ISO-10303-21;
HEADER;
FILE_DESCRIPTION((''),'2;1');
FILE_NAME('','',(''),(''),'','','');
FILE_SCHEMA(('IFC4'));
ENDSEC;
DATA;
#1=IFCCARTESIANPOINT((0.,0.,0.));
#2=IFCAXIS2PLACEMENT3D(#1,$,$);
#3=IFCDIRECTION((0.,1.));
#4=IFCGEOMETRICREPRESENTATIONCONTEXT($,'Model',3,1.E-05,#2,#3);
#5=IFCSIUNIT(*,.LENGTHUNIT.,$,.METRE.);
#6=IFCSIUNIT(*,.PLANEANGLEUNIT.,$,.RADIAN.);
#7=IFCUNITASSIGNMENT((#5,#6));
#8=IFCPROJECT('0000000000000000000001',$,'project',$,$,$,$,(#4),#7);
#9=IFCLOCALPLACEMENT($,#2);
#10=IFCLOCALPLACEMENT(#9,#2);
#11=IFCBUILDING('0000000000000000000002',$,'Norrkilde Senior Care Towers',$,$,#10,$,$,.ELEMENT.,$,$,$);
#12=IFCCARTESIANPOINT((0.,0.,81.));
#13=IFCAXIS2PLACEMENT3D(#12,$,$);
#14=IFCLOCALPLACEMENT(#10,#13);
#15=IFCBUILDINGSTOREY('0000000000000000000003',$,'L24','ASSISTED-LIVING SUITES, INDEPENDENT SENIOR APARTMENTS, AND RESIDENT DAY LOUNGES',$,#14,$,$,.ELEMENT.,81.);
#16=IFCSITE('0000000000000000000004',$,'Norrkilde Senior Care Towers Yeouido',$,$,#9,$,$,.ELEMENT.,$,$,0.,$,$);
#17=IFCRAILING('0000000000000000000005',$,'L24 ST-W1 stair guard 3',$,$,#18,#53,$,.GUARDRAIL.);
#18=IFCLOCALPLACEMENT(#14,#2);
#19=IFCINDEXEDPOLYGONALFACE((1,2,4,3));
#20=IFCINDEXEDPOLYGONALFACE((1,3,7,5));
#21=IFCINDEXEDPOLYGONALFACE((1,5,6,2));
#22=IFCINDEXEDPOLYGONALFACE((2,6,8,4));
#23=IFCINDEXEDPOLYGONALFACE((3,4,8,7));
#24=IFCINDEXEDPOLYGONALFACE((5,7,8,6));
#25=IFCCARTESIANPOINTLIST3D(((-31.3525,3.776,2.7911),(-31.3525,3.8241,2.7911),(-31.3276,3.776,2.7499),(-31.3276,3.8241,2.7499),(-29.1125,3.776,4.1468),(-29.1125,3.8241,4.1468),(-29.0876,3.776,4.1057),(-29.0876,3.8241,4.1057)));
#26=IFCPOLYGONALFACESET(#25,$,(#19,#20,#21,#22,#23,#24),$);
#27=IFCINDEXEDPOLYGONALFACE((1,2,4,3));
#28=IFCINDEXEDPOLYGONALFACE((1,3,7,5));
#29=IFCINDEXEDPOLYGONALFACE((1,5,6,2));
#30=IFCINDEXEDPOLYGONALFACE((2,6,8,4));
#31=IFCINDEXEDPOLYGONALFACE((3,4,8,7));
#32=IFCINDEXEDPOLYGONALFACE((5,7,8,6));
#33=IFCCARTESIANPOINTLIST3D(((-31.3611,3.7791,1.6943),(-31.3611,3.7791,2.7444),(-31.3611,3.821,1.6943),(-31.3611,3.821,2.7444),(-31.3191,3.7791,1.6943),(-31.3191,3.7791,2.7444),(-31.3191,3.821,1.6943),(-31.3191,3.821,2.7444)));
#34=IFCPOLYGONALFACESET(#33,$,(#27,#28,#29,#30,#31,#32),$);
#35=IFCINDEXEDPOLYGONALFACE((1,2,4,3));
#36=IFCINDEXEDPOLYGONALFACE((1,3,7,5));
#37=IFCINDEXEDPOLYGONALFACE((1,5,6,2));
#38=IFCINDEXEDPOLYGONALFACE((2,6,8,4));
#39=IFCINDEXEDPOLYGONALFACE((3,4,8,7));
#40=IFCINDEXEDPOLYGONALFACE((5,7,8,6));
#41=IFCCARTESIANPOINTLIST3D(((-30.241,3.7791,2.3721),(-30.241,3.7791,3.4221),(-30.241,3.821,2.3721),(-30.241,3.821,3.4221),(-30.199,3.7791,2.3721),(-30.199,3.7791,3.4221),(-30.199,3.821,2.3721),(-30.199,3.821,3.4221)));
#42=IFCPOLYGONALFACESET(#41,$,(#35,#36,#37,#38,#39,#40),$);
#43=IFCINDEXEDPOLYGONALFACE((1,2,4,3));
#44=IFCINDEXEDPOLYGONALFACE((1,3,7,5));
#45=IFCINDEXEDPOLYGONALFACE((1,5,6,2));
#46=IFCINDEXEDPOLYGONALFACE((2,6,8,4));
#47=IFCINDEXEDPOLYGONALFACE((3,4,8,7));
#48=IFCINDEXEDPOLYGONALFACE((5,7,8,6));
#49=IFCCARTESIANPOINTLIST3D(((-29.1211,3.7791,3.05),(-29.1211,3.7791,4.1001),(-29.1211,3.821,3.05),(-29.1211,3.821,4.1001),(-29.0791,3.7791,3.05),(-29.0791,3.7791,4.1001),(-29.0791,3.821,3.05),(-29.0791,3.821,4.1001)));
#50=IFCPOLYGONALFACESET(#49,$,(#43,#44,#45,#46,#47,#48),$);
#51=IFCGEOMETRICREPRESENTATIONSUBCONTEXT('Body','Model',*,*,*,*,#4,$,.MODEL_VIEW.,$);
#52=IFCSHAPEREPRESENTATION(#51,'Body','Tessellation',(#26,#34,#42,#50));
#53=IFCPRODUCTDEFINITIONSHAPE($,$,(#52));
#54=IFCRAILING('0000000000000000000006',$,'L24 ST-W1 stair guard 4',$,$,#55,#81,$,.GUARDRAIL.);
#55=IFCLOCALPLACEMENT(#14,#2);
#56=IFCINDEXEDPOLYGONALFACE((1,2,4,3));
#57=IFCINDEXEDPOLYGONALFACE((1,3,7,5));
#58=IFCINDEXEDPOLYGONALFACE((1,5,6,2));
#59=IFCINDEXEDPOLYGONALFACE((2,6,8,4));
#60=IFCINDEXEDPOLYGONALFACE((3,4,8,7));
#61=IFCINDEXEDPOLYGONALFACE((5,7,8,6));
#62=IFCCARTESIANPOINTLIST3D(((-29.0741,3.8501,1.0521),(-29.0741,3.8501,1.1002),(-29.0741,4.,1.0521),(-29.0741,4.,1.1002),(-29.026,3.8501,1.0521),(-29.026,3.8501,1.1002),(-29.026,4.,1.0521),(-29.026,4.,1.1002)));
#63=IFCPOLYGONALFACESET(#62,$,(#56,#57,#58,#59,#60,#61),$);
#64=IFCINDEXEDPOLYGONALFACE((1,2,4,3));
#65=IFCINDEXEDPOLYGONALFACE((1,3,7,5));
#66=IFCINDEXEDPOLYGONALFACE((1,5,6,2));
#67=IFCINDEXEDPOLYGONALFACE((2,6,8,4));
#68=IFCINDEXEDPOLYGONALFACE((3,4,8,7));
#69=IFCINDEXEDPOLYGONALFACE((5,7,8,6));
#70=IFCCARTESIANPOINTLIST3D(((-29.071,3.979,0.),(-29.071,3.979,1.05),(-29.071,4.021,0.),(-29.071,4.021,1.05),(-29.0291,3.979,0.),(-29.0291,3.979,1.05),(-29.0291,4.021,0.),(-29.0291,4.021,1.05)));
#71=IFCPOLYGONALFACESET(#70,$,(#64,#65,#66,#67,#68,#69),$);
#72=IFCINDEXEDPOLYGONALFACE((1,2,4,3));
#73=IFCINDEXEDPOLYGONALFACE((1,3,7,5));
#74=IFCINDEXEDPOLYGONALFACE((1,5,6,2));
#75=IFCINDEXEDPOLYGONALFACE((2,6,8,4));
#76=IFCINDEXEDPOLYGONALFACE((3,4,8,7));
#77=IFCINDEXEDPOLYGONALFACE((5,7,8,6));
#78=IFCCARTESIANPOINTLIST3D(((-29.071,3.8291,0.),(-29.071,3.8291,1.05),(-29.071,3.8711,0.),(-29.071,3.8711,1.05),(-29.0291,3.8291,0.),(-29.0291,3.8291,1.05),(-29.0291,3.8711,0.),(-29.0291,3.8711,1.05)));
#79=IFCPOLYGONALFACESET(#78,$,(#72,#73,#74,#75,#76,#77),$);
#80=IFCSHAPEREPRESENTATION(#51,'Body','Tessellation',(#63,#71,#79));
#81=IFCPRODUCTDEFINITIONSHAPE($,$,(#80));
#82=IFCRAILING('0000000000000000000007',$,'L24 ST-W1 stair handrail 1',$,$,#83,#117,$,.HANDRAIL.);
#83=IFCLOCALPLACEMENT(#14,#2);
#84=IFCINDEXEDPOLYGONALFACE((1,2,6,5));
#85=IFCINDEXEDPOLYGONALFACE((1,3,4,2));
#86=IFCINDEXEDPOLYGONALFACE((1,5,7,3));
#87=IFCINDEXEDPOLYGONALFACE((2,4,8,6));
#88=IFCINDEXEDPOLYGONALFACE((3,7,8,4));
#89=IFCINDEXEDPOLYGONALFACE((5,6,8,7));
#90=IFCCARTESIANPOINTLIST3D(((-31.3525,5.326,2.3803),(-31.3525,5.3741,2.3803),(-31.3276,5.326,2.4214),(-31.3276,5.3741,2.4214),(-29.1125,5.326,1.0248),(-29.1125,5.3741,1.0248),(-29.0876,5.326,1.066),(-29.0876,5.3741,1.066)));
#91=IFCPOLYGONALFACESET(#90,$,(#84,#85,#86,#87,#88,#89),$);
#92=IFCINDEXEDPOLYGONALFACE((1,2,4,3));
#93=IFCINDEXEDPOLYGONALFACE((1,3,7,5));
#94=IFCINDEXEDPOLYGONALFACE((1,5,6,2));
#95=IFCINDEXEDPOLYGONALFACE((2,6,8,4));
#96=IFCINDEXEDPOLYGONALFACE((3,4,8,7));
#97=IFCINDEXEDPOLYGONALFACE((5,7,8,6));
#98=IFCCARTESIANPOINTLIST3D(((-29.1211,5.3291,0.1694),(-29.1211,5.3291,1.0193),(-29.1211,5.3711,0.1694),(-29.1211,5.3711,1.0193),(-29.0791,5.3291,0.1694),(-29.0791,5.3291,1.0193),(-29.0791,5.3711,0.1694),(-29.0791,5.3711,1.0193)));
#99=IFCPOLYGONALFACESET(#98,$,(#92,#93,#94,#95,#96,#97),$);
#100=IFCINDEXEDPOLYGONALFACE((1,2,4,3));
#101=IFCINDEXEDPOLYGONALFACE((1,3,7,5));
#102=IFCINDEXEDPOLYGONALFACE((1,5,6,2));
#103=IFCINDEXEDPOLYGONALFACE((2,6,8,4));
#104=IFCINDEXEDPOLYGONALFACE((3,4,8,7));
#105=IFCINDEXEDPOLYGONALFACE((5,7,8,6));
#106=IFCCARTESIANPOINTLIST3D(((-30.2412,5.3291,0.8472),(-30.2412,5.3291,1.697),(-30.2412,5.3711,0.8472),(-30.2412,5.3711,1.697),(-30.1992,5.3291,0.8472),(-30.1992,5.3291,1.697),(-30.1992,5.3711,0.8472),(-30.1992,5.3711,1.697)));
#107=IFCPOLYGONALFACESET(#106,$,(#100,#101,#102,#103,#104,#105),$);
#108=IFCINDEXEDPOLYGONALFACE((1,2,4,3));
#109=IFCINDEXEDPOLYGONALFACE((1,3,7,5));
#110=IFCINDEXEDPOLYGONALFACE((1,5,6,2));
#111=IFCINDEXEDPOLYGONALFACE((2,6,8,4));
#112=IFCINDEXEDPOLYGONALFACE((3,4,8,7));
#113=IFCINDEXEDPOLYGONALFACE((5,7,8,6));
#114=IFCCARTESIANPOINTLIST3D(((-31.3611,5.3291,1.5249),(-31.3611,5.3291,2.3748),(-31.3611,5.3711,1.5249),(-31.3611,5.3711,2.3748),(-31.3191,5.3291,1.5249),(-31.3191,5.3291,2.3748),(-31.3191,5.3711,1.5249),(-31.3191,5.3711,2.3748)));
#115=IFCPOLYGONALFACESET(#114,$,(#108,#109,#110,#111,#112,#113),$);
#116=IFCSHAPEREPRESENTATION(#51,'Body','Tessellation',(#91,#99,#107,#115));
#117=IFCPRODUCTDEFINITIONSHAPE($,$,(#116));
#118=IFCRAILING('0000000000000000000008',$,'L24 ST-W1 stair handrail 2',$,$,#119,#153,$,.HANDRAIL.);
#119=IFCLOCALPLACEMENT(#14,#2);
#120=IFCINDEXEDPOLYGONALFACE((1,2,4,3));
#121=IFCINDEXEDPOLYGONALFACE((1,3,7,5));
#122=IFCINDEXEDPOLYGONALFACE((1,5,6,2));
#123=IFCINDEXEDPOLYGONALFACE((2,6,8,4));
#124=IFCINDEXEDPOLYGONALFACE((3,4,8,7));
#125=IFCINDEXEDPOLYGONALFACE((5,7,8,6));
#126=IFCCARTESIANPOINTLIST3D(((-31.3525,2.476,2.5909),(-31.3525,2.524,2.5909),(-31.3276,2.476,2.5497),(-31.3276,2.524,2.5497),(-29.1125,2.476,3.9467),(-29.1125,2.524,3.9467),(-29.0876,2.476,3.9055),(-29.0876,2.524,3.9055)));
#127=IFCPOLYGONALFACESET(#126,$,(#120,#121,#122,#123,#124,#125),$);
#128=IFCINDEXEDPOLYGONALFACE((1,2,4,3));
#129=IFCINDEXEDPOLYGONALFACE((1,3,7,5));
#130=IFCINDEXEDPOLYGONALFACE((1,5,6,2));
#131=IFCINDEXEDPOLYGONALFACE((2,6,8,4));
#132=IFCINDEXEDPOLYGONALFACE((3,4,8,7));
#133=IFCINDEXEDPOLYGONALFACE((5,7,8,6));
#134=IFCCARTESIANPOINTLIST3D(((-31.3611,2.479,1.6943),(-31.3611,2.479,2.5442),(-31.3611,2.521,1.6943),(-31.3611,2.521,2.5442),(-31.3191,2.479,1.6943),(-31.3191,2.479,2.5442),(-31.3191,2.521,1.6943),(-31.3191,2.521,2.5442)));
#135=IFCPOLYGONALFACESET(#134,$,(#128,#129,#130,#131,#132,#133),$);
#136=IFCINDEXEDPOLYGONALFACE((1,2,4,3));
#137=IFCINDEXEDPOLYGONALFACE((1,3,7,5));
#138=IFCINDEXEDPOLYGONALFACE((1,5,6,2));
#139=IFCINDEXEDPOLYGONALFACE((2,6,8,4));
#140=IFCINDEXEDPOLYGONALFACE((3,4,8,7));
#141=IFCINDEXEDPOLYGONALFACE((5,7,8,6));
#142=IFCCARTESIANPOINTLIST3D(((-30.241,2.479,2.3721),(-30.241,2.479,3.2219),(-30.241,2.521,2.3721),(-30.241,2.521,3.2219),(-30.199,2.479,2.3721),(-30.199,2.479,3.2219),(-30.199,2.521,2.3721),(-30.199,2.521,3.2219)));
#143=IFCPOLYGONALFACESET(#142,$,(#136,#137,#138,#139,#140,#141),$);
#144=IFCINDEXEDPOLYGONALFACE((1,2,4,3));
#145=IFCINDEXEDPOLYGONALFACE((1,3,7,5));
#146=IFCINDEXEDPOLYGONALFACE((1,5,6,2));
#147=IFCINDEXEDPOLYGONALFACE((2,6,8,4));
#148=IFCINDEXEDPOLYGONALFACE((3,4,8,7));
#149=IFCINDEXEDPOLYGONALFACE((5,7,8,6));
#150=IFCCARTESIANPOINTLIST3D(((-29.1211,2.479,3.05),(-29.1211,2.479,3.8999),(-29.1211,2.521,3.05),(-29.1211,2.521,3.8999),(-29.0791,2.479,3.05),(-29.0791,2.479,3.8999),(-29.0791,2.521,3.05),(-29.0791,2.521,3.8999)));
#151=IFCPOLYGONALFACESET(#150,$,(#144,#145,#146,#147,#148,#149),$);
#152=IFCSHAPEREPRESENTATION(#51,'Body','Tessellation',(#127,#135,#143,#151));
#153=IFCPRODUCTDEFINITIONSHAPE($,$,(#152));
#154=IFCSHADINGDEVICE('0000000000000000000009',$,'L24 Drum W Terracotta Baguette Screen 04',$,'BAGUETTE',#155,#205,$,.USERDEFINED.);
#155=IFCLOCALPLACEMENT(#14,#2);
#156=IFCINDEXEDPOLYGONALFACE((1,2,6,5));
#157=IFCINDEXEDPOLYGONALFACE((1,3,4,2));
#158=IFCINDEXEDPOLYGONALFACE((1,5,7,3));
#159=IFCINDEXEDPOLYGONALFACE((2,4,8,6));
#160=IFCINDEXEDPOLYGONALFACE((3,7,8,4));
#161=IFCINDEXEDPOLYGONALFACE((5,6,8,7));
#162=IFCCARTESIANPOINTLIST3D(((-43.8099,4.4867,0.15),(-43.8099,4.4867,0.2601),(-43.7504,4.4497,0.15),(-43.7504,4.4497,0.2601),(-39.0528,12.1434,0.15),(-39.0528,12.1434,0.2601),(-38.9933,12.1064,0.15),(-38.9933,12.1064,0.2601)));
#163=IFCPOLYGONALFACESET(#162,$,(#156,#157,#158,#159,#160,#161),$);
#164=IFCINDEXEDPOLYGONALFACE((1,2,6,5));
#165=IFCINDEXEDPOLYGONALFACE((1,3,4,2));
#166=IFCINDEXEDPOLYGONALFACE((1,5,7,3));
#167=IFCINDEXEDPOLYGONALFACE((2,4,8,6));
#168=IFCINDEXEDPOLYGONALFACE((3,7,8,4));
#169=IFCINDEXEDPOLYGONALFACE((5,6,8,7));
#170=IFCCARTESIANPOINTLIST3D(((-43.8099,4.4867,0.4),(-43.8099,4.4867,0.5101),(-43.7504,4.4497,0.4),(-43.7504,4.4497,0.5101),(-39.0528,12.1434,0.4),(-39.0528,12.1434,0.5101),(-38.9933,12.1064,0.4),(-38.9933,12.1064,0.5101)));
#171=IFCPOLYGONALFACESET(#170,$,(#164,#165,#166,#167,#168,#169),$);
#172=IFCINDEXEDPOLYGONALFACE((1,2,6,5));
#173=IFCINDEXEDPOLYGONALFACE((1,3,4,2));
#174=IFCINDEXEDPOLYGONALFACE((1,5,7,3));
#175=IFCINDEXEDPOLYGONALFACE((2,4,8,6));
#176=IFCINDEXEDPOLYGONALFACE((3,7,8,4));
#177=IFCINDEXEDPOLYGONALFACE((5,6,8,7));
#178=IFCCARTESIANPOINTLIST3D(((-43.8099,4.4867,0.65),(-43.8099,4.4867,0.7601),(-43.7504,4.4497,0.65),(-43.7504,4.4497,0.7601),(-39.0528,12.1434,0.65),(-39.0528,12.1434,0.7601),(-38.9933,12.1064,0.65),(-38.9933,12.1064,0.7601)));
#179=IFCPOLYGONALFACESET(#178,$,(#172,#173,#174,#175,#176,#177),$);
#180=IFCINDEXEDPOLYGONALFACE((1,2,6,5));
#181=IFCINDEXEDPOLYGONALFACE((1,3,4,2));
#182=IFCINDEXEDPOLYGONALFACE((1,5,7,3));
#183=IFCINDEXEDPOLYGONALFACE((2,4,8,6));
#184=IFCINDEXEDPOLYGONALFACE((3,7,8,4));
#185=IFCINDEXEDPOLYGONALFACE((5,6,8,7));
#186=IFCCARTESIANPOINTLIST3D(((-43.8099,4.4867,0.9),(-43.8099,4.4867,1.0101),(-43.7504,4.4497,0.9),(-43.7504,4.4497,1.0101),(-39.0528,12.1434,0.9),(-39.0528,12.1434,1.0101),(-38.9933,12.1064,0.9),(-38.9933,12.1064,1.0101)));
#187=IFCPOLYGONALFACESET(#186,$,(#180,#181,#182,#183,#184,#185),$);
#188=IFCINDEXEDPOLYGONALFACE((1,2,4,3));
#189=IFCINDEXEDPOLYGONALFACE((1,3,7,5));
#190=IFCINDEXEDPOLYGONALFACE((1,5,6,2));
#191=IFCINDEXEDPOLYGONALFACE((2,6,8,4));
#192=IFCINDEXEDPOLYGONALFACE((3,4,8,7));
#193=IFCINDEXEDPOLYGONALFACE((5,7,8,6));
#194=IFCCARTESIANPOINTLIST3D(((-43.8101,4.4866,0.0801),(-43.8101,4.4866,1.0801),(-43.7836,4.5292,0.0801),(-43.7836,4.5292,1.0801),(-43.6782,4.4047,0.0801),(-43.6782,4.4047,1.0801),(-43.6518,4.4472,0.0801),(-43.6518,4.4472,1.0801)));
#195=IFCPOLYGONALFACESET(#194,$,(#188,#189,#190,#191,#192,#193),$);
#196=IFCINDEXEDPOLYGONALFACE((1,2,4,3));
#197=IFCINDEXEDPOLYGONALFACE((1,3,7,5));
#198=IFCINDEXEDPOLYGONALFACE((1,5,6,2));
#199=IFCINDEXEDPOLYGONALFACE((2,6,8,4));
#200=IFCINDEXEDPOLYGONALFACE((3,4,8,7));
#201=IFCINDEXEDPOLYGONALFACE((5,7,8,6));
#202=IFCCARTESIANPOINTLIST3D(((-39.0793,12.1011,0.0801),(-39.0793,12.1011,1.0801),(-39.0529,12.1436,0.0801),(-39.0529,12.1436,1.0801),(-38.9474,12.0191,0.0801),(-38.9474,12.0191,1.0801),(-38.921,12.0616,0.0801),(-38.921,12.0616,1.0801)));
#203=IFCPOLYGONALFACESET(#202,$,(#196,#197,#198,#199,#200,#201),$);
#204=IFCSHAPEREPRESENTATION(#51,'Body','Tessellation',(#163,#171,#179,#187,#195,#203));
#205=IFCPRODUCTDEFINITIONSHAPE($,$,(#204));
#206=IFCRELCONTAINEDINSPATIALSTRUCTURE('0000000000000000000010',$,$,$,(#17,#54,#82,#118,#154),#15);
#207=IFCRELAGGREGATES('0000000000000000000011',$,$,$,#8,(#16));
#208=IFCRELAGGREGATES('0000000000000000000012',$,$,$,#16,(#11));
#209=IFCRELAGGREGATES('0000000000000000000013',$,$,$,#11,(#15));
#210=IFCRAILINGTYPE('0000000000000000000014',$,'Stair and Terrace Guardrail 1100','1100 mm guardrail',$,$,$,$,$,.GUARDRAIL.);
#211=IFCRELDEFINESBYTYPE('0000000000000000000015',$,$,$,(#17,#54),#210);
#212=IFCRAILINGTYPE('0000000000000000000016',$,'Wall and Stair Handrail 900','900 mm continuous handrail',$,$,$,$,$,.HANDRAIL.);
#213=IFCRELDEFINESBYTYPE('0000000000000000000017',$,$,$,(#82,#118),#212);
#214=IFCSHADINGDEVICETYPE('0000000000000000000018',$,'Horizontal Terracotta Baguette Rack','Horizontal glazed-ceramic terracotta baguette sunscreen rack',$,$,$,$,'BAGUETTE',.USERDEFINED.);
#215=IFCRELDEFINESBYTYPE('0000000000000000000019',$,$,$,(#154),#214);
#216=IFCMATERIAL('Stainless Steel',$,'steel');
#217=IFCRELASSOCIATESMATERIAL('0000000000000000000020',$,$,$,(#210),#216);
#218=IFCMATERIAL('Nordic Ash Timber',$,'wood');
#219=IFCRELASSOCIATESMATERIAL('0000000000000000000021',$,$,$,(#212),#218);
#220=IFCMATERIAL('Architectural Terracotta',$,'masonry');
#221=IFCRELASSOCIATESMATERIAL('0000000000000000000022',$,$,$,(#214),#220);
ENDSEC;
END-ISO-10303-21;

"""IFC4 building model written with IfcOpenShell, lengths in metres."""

from ifc_helpers import new_model, si_unit, direction, frame, origin, origin_2d, place, context, subcontext, project, spatial, rectangle, extrude, source, transform, mapped, material, type_object, type_shapes, element, save


model = new_model("IFC4")

# Units and contexts
model_context = context("Model", 3, precision=1e-05, world=origin(), true_north=direction((0.0, 1.0)))
body_context = subcontext(model_context, "Body", "Model", "MODEL_VIEW")
ifc_project = project(units=[si_unit("LENGTHUNIT", "METRE"), si_unit("PLANEANGLEUNIT", "RADIAN")], contexts=[model_context])

# Site, building, storey
site_placement = place(None, origin())
site = spatial("IfcSite", under=ifc_project, at=site_placement, Name="Norrkilde Senior Care Towers Yeouido", CompositionType="ELEMENT", RefElevation=0.0)
building_placement = place(site_placement, origin())
building = spatial("IfcBuilding", under=site, at=building_placement, Name="Norrkilde Senior Care Towers", CompositionType="ELEMENT")
storey_placement = place(building_placement, frame((0.0, 0.0, 81.0)))
storey = spatial("IfcBuildingStorey", under=building, at=storey_placement, Name="L24", Description="ASSISTED-LIVING SUITES, INDEPENDENT SENIOR APARTMENTS, AND RESIDENT DAY LOUNGES", CompositionType="ELEMENT", Elevation=81.0)

# Railings
ifc_material_1 = material(Name="Stainless Steel", Category="steel")
railing_type_1 = type_object("IfcRailingType", Name="Stair and Terrace Guardrail 1100", Description="1100 mm guardrail", PredefinedType="GUARDRAIL", material=ifc_material_1)
railing_1_placement = place(storey_placement, frame((-31.3401, 3.8, 1.6943)))
element("IfcRailing", 1, at=railing_1_placement, inside=storey, type_object=railing_type_1, Name="L24 ST-W1 stair guard 3", PredefinedType="GUARDRAIL", context=body_context, shape_type="SweptSolid", body=[
    extrude(rectangle(XDim=0.0481, YDim=0.0481, at=origin_2d()), frame((0.0, 0.0, 1.0762), z_axis=(0.855512, 0.0, 0.517783), x_axis=(0.0, 1.0, 0.0)), (0.0, 0.0, 1.0), 2.6184),
    extrude(rectangle(XDim=0.042, YDim=0.042, at=origin_2d()), origin(), (0.0, 0.0, 1.0), 1.05),
    extrude(rectangle(XDim=0.042, YDim=0.042, at=origin_2d()), frame((1.1201, 0.0, 0.6777)), (0.0, 0.0, 1.0), 1.05),
    extrude(rectangle(XDim=0.042, YDim=0.042, at=origin_2d()), frame((2.24, 0.0, 1.3557)), (0.0, 0.0, 1.0), 1.05),
])
railing_2_placement = place(storey_placement, frame((-29.05, 4.0, 0.0)))
element("IfcRailing", 2, at=railing_2_placement, inside=storey, type_object=railing_type_1, Name="L24 ST-W1 stair guard 4", PredefinedType="GUARDRAIL", context=body_context, shape_type="SweptSolid", body=[
    extrude(rectangle(XDim=0.0481, YDim=0.0481, at=origin_2d()), frame((0.0, 0.0, 1.0762), z_axis=(0.0, -1.0, 0.0), x_axis=(1.0, 0.0, 0.0)), (0.0, 0.0, 1.0), 0.1499),
    extrude(rectangle(XDim=0.042, YDim=0.042, at=origin_2d()), origin(), (0.0, 0.0, 1.0), 1.05),
    extrude(rectangle(XDim=0.042, YDim=0.042, at=origin_2d()), frame((0.0, -0.1499, 0.0)), (0.0, 0.0, 1.0), 1.05),
])
ifc_material_2 = material(Name="Nordic Ash Timber", Category="wood")
railing_type_2 = type_object("IfcRailingType", Name="Wall and Stair Handrail 900", Description="900 mm continuous handrail", PredefinedType="HANDRAIL", material=ifc_material_2)
railing_3_placement = place(storey_placement, frame((-29.1001, 5.3501, 0.1694)))
element("IfcRailing", 3, at=railing_3_placement, inside=storey, type_object=railing_type_2, Name="L24 ST-W1 stair handrail 1", PredefinedType="HANDRAIL", context=body_context, shape_type="SweptSolid", body=[
    extrude(rectangle(XDim=0.0481, YDim=0.0481, at=origin_2d()), frame((0.0, 0.0, 0.876), z_axis=(-0.855553, 0.0, 0.517715), x_axis=(0.0, -1.0, 0.0)), (0.0, 0.0, 1.0), 2.6182),
    extrude(rectangle(XDim=0.042, YDim=0.042, at=origin_2d()), origin(), (0.0, 0.0, 1.0), 0.8499),
    extrude(rectangle(XDim=0.042, YDim=0.042, at=origin_2d()), frame((-1.1201, 0.0, 0.6777)), (0.0, 0.0, 1.0), 0.8499),
    extrude(rectangle(XDim=0.042, YDim=0.042, at=origin_2d()), frame((-2.24, 0.0, 1.3555)), (0.0, 0.0, 1.0), 0.8499),
])
railing_4_placement = place(storey_placement, frame((-31.3401, 2.5, 1.6943)))
element("IfcRailing", 4, at=railing_4_placement, inside=storey, type_object=railing_type_2, Name="L24 ST-W1 stair handrail 2", PredefinedType="HANDRAIL", context=body_context, shape_type="SweptSolid", body=[
    extrude(rectangle(XDim=0.0481, YDim=0.0481, at=origin_2d()), frame((0.0, 0.0, 0.876), z_axis=(0.855512, 0.0, 0.517783), x_axis=(0.0, 1.0, 0.0)), (0.0, 0.0, 1.0), 2.6184),
    extrude(rectangle(XDim=0.042, YDim=0.042, at=origin_2d()), origin(), (0.0, 0.0, 1.0), 0.8499),
    extrude(rectangle(XDim=0.042, YDim=0.042, at=origin_2d()), frame((1.1201, 0.0, 0.6777)), (0.0, 0.0, 1.0), 0.8499),
    extrude(rectangle(XDim=0.042, YDim=0.042, at=origin_2d()), frame((2.24, 0.0, 1.3557)), (0.0, 0.0, 1.0), 0.8499),
])

# Shading device
ifc_material_3 = material(Name="Architectural Terracotta", Category="masonry")
shading_device_type = type_object("IfcShadingDeviceType", Name="Horizontal Terracotta Baguette Rack", Description="Horizontal glazed-ceramic terracotta baguette sunscreen rack", ElementType="BAGUETTE", PredefinedType="USERDEFINED", material=ifc_material_3)
shared_shape_1 = source(origin(), body_context, "Body", "SweptSolid", [
    extrude(rectangle(XDim=0.0701, YDim=0.1101, at=origin_2d()), frame((0.0, 0.0901, 0.125), z_axis=(1.0, 0.0, 0.0), x_axis=(0.0, 1.0, 0.0)), (0.0, 0.0, 1.0), 9.0142),
    extrude(rectangle(XDim=0.0701, YDim=0.1101, at=origin_2d()), frame((0.0, 0.0901, 0.375), z_axis=(1.0, 0.0, 0.0), x_axis=(0.0, 1.0, 0.0)), (0.0, 0.0, 1.0), 9.0142),
    extrude(rectangle(XDim=0.0701, YDim=0.1101, at=origin_2d()), frame((0.0, 0.0901, 0.625), z_axis=(1.0, 0.0, 0.0), x_axis=(0.0, 1.0, 0.0)), (0.0, 0.0, 1.0), 9.0142),
    extrude(rectangle(XDim=0.0701, YDim=0.1101, at=origin_2d()), frame((0.0, 0.0901, 0.875), z_axis=(1.0, 0.0, 0.0), x_axis=(0.0, 1.0, 0.0)), (0.0, 0.0, 1.0), 9.0142),
    extrude(rectangle(XDim=0.05, YDim=0.1553, at=origin_2d()), frame((0.0249, 0.0476, 0.0)), (0.0, 0.0, 1.0), 1.0),
    extrude(rectangle(XDim=0.05, YDim=0.1553, at=origin_2d()), frame((8.9893, 0.0476, 0.0)), (0.0, 0.0, 1.0), 1.0),
])
type_shapes(shading_device_type, [shared_shape_1])
shading_device_placement = place(storey_placement, frame((-43.7036, 4.4207, 0.0801), z_axis=(0.0, 0.0, 1.0), x_axis=(0.527734, 0.849412, 0.0)))
element("IfcShadingDevice", 5, at=shading_device_placement, inside=storey, type_object=shading_device_type, Name="L24 Drum W Terracotta Baguette Screen 04", ObjectType="BAGUETTE", PredefinedType="USERDEFINED", context=body_context, shape_type="MappedRepresentation", body=[
    mapped(shared_shape_1, transform((0.0, 0.0, 0.0), x_axis=(1.0, 0.0, 0.0), y_axis=(0.0, 1.0, 0.0), z_axis=(0.0, 0.0, 1.0), scale=1.0)),
])

save(model, "model.ifc")
